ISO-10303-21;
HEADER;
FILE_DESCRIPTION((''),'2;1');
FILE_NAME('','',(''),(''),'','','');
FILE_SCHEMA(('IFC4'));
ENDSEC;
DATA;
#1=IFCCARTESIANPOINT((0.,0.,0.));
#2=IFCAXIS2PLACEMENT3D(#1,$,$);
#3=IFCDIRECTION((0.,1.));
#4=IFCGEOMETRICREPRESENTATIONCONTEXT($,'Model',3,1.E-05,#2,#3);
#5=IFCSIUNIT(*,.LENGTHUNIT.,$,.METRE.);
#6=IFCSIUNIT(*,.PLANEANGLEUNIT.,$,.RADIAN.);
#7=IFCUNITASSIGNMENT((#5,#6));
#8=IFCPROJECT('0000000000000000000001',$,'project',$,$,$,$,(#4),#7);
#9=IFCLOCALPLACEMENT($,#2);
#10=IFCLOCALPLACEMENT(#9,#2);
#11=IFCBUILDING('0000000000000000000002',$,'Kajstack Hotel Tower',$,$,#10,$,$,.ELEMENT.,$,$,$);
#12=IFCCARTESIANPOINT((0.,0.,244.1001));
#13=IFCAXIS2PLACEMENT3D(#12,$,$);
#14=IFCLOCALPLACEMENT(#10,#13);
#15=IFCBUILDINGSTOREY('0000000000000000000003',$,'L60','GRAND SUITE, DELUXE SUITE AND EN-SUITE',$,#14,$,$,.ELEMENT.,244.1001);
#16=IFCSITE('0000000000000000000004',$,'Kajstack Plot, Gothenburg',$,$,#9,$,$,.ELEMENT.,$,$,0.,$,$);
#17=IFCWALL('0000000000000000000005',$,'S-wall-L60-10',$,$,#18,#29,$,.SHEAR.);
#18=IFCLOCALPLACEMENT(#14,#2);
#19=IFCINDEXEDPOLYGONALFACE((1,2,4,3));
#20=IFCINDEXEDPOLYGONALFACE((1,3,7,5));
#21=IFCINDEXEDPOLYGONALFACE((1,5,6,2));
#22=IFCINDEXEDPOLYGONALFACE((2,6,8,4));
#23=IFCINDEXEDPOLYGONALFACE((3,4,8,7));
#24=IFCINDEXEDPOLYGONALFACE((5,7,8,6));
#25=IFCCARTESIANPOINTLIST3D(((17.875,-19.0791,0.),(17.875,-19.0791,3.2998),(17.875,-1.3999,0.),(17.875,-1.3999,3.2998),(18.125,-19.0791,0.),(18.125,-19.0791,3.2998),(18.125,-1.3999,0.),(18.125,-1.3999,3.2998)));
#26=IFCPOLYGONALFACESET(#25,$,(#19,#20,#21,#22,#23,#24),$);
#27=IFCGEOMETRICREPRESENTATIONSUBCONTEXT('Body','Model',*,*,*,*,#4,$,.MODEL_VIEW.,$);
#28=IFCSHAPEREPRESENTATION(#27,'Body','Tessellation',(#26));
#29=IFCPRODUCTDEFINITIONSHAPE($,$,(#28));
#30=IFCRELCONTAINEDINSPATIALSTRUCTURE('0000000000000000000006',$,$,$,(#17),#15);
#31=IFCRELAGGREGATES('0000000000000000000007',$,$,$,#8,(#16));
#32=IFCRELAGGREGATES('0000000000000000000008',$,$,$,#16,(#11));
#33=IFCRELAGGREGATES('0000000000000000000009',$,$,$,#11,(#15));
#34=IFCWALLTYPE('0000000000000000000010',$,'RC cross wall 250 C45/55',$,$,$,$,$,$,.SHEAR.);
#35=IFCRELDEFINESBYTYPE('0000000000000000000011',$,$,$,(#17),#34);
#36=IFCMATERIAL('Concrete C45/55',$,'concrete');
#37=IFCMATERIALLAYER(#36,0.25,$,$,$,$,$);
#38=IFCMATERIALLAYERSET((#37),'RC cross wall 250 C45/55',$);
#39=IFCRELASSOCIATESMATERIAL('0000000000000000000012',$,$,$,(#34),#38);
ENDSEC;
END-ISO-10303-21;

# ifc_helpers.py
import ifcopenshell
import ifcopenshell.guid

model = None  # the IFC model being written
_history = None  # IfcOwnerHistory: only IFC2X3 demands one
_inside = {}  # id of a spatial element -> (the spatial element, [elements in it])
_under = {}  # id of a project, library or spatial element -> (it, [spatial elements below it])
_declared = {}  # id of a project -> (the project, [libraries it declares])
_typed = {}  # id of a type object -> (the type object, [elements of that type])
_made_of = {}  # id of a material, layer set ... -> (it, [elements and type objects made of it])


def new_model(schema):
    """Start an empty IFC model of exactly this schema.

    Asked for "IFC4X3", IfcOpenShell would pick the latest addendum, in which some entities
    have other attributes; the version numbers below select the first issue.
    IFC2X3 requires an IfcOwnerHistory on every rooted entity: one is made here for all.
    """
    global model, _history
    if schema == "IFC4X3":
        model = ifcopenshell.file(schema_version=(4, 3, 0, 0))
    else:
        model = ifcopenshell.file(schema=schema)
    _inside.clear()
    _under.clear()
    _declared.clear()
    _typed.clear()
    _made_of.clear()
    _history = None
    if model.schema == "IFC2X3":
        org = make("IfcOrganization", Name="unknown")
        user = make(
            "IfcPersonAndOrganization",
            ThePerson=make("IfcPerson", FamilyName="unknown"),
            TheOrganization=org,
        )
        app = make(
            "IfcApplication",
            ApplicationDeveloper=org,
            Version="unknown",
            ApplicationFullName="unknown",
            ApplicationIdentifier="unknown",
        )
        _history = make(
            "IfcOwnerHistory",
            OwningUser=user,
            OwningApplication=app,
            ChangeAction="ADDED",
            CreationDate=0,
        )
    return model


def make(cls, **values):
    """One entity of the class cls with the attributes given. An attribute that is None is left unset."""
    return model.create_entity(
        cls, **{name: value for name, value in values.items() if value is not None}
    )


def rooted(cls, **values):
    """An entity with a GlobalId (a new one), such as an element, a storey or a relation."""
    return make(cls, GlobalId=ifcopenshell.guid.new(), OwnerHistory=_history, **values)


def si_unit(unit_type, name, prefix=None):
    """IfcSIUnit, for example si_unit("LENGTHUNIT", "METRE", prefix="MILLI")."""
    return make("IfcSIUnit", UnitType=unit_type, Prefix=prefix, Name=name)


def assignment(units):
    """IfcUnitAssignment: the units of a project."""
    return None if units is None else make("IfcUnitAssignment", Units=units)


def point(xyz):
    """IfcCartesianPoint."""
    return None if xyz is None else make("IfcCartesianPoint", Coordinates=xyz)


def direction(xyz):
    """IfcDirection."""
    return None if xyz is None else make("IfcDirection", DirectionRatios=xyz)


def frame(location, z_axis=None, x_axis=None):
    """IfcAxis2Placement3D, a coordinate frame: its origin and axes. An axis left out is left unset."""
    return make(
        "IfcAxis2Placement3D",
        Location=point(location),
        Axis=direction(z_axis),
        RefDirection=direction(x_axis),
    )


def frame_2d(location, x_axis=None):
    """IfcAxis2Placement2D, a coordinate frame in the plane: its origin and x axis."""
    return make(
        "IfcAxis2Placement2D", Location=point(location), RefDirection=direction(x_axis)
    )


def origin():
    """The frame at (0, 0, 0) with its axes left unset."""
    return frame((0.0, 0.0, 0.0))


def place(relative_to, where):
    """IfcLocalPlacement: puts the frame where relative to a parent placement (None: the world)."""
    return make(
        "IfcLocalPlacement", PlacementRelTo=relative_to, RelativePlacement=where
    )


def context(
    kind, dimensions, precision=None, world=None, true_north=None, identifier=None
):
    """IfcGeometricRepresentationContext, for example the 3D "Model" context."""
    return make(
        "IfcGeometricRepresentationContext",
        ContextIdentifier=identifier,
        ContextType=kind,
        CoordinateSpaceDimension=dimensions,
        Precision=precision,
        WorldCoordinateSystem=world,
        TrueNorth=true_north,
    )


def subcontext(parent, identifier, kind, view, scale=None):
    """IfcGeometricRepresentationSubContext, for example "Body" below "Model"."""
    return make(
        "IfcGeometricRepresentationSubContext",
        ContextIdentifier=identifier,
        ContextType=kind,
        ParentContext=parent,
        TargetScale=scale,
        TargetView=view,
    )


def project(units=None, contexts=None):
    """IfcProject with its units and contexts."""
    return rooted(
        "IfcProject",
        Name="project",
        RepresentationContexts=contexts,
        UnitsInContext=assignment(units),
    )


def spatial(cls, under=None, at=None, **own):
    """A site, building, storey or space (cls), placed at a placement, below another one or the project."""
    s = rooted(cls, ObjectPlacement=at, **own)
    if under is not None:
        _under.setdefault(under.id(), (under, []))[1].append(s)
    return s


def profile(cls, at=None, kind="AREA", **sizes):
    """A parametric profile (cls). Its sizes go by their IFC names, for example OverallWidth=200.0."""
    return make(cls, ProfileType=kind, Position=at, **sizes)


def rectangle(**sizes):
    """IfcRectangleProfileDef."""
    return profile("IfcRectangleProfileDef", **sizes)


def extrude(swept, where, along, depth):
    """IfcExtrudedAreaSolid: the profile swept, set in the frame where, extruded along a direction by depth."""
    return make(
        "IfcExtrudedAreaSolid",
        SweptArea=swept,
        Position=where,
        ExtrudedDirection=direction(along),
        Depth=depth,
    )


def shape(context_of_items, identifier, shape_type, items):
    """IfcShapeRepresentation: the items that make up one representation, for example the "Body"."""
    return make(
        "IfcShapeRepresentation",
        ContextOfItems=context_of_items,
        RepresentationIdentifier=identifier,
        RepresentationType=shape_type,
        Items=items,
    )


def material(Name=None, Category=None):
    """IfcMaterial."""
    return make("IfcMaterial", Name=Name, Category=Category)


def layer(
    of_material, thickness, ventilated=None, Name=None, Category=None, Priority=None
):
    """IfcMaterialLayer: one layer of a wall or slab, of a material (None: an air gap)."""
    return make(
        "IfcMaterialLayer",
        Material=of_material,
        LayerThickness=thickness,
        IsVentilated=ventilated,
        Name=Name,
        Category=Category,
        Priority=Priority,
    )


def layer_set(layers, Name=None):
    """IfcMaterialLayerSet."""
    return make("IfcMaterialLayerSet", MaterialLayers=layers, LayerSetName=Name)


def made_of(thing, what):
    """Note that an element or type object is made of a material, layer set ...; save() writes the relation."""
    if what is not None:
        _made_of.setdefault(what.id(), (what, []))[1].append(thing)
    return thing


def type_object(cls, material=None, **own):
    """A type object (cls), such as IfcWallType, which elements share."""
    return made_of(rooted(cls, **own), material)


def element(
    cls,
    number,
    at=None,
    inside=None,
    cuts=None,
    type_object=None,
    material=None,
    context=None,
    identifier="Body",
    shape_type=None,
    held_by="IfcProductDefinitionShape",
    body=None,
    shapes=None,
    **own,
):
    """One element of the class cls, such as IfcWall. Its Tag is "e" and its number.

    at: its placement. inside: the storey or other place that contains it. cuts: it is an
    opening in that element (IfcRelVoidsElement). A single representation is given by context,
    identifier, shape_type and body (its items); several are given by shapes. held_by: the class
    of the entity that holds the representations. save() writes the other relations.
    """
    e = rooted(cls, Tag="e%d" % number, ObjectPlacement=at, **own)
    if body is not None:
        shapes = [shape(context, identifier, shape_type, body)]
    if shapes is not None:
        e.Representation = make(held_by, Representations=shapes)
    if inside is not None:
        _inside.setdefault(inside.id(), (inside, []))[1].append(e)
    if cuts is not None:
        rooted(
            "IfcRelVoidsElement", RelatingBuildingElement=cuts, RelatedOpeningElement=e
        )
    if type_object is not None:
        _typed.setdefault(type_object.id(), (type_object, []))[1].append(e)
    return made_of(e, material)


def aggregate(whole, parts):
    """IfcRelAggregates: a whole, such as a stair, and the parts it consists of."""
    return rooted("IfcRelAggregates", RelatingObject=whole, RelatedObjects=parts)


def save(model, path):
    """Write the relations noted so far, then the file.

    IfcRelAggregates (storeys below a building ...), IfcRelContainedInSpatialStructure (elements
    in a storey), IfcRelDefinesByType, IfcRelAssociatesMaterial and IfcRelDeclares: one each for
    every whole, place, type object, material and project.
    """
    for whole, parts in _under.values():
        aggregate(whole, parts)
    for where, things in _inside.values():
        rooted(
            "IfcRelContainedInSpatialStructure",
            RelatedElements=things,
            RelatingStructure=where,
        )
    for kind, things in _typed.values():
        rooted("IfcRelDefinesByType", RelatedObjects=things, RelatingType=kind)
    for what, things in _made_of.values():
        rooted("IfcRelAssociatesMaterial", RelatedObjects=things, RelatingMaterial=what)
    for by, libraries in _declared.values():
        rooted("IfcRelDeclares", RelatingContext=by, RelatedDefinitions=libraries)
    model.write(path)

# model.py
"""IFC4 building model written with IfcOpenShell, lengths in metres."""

from ifc_helpers import new_model, si_unit, direction, frame, frame_2d, origin, place, context, subcontext, project, spatial, rectangle, extrude, material, layer, layer_set, type_object, element, save


model = new_model("IFC4")

# Units and contexts
model_context = context("Model", 3, precision=1e-05, world=origin(), true_north=direction((0.0, 1.0)))
body_context = subcontext(model_context, "Body", "Model", "MODEL_VIEW")
ifc_project = project(units=[si_unit("LENGTHUNIT", "METRE"), si_unit("PLANEANGLEUNIT", "RADIAN")], contexts=[model_context])

# Site, building, storey
site_placement = place(None, origin())
site = spatial("IfcSite", under=ifc_project, at=site_placement, Name="Kajstack Plot, Gothenburg", CompositionType="ELEMENT", RefElevation=0.0)
building_placement = place(site_placement, origin())
building = spatial("IfcBuilding", under=site, at=building_placement, Name="Kajstack Hotel Tower", CompositionType="ELEMENT")
storey_placement = place(building_placement, frame((0.0, 0.0, 244.1001)))
storey = spatial("IfcBuildingStorey", under=building, at=storey_placement, Name="L60", Description="GRAND SUITE, DELUXE SUITE AND EN-SUITE", CompositionType="ELEMENT", Elevation=244.1001)

# Wall
ifc_material_1 = material(Name="Concrete C45/55", Category="concrete")
ifc_layer_1 = layer(ifc_material_1, 0.25)
ifc_layer_set_1 = layer_set([ifc_layer_1], Name="RC cross wall 250 C45/55")
wall_type_1 = type_object("IfcWallType", Name="RC cross wall 250 C45/55", PredefinedType="SHEAR", material=ifc_layer_set_1)
wall_1_placement = place(storey_placement, frame((18.0, -19.0791, 0.0), z_axis=(0.0, 0.0, 1.0), x_axis=(0.0, 1.0, 0.0)))
element("IfcWall", 1, at=wall_1_placement, inside=storey, type_object=wall_type_1, Name="S-wall-L60-10", PredefinedType="SHEAR", context=body_context, shape_type="SweptSolid", body=[
    extrude(rectangle(XDim=17.6792, YDim=0.25, at=frame_2d((8.8396, 0.0))), origin(), (0.0, 0.0, 1.0), 3.2998),
])

save(model, "model.ifc")
